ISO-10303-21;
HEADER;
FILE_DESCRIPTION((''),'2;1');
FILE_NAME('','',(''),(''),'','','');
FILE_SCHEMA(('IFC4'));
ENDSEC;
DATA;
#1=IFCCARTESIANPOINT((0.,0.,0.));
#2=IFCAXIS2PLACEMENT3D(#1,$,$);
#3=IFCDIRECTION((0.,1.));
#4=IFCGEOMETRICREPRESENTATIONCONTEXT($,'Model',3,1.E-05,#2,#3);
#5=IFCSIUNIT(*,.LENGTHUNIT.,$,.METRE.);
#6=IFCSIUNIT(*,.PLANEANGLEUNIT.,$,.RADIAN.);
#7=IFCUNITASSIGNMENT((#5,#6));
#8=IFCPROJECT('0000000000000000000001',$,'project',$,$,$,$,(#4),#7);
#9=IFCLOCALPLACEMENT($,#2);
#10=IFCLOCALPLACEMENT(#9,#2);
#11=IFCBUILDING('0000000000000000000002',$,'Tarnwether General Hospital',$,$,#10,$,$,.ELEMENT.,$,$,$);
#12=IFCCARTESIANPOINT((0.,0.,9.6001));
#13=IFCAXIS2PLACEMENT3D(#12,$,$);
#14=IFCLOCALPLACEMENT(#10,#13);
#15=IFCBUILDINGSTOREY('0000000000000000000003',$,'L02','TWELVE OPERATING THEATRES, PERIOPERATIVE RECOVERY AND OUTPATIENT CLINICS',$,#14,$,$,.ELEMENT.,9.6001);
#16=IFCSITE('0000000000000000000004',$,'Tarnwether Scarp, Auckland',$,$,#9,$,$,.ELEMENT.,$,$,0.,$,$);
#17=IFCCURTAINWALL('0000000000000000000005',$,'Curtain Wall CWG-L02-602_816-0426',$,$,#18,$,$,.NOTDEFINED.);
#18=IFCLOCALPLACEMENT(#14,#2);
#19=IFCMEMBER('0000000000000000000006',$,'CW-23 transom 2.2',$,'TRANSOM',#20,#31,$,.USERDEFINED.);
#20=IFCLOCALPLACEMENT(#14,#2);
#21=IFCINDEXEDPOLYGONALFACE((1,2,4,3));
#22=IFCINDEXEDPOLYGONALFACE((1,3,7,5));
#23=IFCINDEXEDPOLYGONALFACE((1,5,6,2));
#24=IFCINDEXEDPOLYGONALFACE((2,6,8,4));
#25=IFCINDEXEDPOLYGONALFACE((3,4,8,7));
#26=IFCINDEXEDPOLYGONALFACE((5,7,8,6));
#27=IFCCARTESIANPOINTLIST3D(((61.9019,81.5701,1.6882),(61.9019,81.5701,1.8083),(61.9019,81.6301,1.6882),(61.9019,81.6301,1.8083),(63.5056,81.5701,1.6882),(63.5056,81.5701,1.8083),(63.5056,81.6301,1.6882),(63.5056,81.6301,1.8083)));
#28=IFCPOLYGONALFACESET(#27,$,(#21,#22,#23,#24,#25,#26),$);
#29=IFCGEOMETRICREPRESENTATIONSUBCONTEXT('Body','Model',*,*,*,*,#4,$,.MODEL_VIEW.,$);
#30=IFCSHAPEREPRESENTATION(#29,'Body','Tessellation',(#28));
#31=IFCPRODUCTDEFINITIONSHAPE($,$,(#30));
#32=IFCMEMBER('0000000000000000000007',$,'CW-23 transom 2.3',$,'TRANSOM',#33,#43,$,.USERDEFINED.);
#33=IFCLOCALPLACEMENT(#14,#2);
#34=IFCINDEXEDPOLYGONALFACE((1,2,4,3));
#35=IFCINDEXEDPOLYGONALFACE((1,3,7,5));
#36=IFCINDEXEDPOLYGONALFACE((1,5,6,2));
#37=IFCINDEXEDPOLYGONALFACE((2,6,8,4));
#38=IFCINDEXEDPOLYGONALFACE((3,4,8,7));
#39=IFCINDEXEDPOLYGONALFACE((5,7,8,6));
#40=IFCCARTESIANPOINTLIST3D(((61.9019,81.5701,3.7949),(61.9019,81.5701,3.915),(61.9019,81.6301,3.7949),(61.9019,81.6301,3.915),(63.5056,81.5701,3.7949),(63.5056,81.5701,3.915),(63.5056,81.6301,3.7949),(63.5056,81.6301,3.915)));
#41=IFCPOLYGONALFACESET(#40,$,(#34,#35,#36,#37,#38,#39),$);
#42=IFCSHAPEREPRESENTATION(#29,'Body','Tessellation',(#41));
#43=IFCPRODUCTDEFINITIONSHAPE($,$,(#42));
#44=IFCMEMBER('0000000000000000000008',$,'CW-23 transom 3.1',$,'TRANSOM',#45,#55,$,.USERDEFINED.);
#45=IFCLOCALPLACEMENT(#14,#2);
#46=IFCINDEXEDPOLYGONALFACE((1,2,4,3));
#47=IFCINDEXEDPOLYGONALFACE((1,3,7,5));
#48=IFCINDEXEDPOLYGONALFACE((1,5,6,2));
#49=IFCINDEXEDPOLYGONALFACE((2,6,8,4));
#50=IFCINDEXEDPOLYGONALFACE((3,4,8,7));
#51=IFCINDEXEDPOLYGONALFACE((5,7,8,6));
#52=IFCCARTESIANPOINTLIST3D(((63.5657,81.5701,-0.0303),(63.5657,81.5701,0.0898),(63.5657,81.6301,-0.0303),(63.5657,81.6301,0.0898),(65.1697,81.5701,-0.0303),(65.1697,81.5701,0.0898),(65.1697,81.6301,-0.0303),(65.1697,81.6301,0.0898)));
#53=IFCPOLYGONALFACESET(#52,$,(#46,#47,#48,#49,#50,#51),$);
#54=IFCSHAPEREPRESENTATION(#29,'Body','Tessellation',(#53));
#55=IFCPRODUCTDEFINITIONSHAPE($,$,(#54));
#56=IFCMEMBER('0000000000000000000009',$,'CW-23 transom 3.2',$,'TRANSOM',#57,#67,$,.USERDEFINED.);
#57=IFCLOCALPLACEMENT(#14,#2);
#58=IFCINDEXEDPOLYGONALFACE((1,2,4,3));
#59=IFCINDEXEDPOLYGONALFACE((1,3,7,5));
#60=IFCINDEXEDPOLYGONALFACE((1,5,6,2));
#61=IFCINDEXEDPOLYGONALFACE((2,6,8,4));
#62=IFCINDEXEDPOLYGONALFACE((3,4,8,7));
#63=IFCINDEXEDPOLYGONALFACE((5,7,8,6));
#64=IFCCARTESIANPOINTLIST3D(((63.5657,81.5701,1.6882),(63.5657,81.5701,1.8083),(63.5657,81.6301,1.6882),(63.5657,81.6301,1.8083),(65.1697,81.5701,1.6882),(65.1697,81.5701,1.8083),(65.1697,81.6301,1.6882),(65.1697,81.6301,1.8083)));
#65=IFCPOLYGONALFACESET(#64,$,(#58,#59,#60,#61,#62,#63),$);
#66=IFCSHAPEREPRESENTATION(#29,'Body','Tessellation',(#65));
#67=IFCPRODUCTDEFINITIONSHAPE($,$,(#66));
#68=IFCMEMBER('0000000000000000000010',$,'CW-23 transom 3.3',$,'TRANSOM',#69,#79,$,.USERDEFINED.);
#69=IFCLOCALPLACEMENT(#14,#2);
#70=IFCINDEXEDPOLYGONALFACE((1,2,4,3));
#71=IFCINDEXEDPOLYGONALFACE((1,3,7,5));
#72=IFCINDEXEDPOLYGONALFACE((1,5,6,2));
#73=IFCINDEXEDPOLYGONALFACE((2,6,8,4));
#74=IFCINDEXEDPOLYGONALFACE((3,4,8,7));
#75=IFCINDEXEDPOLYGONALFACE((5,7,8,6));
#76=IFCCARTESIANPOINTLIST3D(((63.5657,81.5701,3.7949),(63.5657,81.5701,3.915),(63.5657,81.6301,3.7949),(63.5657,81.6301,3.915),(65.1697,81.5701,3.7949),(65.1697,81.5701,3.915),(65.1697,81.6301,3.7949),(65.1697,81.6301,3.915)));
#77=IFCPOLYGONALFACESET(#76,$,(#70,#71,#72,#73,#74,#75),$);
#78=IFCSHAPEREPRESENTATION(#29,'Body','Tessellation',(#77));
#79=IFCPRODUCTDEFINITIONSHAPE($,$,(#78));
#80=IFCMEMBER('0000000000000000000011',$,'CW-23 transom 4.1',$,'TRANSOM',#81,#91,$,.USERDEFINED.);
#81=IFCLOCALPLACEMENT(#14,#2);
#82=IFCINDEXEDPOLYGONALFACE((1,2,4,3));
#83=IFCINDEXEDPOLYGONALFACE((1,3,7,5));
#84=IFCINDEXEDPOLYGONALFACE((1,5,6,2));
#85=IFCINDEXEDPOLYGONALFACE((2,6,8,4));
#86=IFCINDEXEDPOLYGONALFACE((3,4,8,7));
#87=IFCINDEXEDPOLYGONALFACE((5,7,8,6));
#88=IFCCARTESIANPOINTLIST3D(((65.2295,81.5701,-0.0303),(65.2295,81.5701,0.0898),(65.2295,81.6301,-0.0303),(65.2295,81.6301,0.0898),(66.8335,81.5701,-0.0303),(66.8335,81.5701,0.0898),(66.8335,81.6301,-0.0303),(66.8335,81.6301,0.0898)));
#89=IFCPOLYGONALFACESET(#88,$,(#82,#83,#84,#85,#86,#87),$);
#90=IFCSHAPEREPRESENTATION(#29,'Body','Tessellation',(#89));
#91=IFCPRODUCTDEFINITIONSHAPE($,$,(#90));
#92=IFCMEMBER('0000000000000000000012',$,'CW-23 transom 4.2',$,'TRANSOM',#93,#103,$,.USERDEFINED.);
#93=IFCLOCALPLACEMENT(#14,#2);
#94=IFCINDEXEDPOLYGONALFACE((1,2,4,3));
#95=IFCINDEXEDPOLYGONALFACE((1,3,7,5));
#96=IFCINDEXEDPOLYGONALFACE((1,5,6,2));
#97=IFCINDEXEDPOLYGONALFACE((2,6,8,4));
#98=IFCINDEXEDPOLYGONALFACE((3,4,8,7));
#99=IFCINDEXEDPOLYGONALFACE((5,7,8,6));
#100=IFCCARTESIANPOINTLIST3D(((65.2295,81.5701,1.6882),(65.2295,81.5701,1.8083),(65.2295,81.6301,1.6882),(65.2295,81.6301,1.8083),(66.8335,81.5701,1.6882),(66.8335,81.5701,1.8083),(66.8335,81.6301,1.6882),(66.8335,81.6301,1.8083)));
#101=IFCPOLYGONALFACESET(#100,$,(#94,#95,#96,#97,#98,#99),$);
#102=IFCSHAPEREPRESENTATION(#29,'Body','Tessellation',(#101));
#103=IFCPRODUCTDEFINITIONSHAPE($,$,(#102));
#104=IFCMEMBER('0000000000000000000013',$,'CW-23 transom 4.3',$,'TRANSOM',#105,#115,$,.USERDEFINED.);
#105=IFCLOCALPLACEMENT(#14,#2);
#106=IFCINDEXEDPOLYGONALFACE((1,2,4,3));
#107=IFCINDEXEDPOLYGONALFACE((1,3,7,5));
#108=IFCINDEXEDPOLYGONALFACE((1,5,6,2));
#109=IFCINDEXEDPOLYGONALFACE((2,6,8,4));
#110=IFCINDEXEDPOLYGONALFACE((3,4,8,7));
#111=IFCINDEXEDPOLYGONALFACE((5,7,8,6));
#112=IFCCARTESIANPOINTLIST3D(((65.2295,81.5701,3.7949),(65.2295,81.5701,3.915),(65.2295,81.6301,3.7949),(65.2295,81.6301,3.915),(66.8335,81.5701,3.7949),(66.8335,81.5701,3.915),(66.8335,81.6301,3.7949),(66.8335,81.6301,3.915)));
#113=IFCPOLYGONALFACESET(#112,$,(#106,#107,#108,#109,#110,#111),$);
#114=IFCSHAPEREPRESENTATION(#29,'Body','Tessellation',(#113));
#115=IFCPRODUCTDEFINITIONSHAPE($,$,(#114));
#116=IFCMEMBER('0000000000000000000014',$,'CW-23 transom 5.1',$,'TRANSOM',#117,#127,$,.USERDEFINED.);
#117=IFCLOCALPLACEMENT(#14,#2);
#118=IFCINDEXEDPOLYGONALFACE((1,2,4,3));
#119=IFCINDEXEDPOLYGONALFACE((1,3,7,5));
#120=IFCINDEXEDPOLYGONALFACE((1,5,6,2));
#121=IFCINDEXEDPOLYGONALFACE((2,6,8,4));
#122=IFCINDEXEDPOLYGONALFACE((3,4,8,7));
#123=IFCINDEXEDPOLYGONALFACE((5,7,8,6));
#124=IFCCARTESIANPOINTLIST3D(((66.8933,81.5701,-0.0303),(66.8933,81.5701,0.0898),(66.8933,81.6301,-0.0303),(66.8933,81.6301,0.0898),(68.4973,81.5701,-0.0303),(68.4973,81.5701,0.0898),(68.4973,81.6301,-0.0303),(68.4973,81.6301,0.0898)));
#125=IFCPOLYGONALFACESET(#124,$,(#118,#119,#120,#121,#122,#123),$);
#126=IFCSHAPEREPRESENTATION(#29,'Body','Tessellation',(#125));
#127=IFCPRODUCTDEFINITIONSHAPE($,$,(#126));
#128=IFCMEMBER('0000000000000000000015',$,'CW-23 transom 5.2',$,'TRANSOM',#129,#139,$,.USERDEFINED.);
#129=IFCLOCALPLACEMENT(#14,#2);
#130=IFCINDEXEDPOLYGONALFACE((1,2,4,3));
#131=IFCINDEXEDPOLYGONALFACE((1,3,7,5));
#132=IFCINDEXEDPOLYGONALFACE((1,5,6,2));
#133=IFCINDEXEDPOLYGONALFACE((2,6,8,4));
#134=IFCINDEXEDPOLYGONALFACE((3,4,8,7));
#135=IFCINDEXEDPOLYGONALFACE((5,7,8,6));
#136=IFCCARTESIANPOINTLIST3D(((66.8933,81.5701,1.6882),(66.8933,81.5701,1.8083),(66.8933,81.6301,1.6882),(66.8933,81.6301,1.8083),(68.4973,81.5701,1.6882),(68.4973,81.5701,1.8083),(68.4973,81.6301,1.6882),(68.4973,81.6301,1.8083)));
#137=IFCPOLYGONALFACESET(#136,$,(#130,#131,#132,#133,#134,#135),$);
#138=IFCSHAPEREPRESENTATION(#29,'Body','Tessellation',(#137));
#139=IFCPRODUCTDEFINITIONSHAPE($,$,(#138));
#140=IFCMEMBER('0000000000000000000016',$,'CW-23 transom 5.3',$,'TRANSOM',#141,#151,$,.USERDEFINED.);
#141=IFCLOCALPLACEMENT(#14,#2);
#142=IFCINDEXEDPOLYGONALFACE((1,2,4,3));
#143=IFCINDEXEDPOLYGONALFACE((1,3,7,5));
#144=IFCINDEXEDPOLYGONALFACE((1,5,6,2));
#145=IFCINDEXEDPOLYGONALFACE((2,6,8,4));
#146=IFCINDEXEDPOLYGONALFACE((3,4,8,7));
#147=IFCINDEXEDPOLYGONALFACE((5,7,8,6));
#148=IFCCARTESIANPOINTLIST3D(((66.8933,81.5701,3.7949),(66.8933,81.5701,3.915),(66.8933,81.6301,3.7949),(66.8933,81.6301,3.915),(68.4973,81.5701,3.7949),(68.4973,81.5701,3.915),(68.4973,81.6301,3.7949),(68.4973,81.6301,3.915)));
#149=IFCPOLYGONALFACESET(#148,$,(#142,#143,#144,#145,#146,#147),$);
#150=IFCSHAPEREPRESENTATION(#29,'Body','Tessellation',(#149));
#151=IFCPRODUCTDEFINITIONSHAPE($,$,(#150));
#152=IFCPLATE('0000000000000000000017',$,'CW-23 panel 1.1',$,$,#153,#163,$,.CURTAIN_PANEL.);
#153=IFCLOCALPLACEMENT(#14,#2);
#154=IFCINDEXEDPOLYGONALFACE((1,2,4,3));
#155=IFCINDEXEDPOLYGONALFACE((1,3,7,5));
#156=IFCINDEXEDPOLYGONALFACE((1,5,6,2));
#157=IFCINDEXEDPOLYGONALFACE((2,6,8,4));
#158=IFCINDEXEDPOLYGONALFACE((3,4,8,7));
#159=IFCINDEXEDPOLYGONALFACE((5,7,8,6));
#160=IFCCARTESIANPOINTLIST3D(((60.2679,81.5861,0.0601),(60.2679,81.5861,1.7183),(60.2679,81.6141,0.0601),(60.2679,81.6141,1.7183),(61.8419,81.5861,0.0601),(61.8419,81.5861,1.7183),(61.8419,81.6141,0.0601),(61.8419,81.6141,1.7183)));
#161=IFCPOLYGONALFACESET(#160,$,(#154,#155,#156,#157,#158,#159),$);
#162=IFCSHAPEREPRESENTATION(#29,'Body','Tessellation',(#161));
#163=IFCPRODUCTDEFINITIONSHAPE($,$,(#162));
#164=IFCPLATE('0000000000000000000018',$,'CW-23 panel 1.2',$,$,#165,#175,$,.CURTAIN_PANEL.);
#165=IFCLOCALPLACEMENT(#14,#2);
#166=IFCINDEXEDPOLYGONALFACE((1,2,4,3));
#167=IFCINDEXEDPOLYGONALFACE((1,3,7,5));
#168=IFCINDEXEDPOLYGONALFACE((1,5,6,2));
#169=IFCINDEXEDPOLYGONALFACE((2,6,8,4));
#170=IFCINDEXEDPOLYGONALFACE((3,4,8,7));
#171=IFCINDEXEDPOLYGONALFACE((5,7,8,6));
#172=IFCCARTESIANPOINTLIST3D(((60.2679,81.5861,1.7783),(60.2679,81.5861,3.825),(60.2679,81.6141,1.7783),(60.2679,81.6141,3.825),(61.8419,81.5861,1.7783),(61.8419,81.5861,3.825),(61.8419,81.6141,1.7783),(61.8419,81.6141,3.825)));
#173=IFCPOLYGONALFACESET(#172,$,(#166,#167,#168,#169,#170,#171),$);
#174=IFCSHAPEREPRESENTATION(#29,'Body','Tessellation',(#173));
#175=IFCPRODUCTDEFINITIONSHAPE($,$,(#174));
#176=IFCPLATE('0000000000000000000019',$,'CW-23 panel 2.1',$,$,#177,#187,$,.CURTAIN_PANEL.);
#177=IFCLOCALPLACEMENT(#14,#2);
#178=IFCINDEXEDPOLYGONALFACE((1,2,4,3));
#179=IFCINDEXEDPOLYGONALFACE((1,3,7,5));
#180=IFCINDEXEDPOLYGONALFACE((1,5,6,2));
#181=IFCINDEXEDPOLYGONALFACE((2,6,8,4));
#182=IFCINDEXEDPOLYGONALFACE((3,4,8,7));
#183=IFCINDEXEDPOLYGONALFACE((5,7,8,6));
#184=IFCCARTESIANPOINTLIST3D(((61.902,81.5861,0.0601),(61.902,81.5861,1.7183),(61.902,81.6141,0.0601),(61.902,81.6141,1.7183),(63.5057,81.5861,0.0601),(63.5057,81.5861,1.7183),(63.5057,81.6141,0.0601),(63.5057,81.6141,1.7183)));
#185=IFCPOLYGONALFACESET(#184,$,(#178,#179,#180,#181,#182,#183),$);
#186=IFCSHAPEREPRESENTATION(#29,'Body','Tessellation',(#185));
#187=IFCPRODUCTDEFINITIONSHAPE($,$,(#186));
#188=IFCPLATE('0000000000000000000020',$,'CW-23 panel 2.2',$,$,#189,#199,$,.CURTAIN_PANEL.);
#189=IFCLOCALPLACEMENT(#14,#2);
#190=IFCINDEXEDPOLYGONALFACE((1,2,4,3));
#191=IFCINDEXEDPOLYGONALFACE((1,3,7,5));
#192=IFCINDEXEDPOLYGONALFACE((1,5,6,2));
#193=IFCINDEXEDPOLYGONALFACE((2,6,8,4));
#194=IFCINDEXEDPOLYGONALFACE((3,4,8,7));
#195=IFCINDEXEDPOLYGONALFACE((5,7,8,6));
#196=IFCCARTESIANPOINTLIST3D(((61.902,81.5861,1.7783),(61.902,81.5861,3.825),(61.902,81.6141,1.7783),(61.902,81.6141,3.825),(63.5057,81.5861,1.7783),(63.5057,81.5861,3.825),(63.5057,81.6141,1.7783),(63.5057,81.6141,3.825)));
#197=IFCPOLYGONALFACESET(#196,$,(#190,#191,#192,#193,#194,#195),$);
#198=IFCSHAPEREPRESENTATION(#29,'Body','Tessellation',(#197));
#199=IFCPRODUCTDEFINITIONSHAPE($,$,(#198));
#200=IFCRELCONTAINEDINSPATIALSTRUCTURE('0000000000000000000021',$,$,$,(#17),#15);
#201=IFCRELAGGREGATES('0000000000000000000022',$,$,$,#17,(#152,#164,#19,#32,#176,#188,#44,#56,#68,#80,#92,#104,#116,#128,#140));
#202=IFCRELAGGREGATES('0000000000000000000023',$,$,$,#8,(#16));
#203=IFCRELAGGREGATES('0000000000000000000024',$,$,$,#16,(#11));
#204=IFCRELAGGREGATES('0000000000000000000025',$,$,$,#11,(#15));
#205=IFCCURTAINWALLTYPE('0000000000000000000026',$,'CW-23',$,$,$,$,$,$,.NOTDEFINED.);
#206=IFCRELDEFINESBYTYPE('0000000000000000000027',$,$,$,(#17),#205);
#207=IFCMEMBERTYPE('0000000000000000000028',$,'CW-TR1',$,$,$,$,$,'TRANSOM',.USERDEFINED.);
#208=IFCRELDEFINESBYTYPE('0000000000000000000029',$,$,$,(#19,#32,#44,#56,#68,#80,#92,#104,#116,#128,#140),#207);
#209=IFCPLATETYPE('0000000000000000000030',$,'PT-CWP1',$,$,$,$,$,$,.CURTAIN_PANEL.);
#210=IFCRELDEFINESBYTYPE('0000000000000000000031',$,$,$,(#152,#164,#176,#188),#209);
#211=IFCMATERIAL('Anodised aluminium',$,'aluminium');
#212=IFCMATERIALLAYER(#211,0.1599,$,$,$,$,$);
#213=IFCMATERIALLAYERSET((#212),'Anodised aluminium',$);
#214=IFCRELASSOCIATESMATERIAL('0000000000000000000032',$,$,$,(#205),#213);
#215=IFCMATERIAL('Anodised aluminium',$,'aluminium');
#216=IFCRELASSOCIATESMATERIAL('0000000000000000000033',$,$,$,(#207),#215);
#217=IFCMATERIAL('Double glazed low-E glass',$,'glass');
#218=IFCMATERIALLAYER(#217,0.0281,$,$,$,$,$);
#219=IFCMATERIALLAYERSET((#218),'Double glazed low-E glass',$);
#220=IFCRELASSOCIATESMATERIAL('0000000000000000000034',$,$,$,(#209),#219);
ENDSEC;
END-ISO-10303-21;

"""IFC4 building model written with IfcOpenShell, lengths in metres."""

from ifc_helpers import new_model, si_unit, direction, frame, origin, origin_2d, place, context, subcontext, project, spatial, rectangle, extrude, material, layer, layer_set, material_profile, profile_set, type_object, element, aggregate, save


model = new_model("IFC4")

# Units and contexts
model_context = context("Model", 3, precision=1e-05, world=origin(), true_north=direction((0.0, 1.0)))
body_context = subcontext(model_context, "Body", "Model", "MODEL_VIEW")
ifc_project = project(units=[si_unit("LENGTHUNIT", "METRE"), si_unit("PLANEANGLEUNIT", "RADIAN")], contexts=[model_context])

# Site, building, storey
site_placement = place(None, origin())
site = spatial("IfcSite", under=ifc_project, at=site_placement, Name="Tarnwether Scarp, Auckland", CompositionType="ELEMENT", RefElevation=0.0)
building_placement = place(site_placement, origin())
building = spatial("IfcBuilding", under=site, at=building_placement, Name="Tarnwether General Hospital", CompositionType="ELEMENT")
storey_placement = place(building_placement, frame((0.0, 0.0, 9.6001)))
storey = spatial("IfcBuildingStorey", under=building, at=storey_placement, Name="L02", Description="TWELVE OPERATING THEATRES, PERIOPERATIVE RECOVERY AND OUTPATIENT CLINICS", CompositionType="ELEMENT", Elevation=9.6001)

# Curtain wall, members, plates
ifc_material_1 = material(Name="Anodised aluminium", Category="aluminium")
ifc_layer_1 = layer(ifc_material_1, 0.1599)
ifc_layer_set_1 = layer_set([ifc_layer_1], Name="Anodised aluminium")
curtain_wall_type = type_object("IfcCurtainWallType", Name="CW-23", PredefinedType="NOTDEFINED", material=ifc_layer_set_1)
curtain_wall_placement = place(storey_placement, origin())
curtain_wall = element("IfcCurtainWall", 1, at=curtain_wall_placement, inside=storey, type_object=curtain_wall_type, Name="Curtain Wall CWG-L02-602_816-0426", PredefinedType="NOTDEFINED")
ifc_material_2 = material(Name="Anodised aluminium", Category="aluminium")
ifc_material_profile_1 = material_profile(ifc_material_2, rectangle(XDim=0.0601, YDim=0.1201, at=origin_2d()), Name="ALU-TRN-60x120")
ifc_profile_set_1 = profile_set([ifc_material_profile_1], Name="Anodised aluminium")
member_type_1 = type_object("IfcMemberType", Name="CW-TR1", ElementType="TRANSOM", PredefinedType="USERDEFINED", material=ifc_profile_set_1)
member_1_placement = place(storey_placement, frame((61.9019, 81.6001, 1.7483), z_axis=(1.0, 0.0, 0.0), x_axis=(0.0, 1.0, 0.0)))
member_1 = element("IfcMember", 2, at=member_1_placement, type_object=member_type_1, Name="CW-23 transom 2.2", ObjectType="TRANSOM", PredefinedType="USERDEFINED", context=body_context, shape_type="SweptSolid", body=[
    extrude(rectangle(XDim=0.0601, YDim=0.1201, at=origin_2d()), origin(), (0.0, 0.0, 1.0), 1.6038),
])
member_2_placement = place(storey_placement, frame((61.9019, 81.6001, 3.855), z_axis=(1.0, 0.0, 0.0), x_axis=(0.0, 1.0, 0.0)))
member_2 = element("IfcMember", 3, at=member_2_placement, type_object=member_type_1, Name="CW-23 transom 2.3", ObjectType="TRANSOM", PredefinedType="USERDEFINED", context=body_context, shape_type="SweptSolid", body=[
    extrude(rectangle(XDim=0.0601, YDim=0.1201, at=origin_2d()), origin(), (0.0, 0.0, 1.0), 1.6038),
])
member_3_placement = place(storey_placement, frame((63.5657, 81.6001, 0.0298), z_axis=(1.0, 0.0, 0.0), x_axis=(0.0, 1.0, 0.0)))
member_3 = element("IfcMember", 4, at=member_3_placement, type_object=member_type_1, Name="CW-23 transom 3.1", ObjectType="TRANSOM", PredefinedType="USERDEFINED", context=body_context, shape_type="SweptSolid", body=[
    extrude(rectangle(XDim=0.0601, YDim=0.1201, at=origin_2d()), origin(), (0.0, 0.0, 1.0), 1.604),
])
member_4_placement = place(storey_placement, frame((63.5657, 81.6001, 1.7483), z_axis=(1.0, 0.0, 0.0), x_axis=(0.0, 1.0, 0.0)))
member_4 = element("IfcMember", 5, at=member_4_placement, type_object=member_type_1, Name="CW-23 transom 3.2", ObjectType="TRANSOM", PredefinedType="USERDEFINED", context=body_context, shape_type="SweptSolid", body=[
    extrude(rectangle(XDim=0.0601, YDim=0.1201, at=origin_2d()), origin(), (0.0, 0.0, 1.0), 1.604),
])
member_5_placement = place(storey_placement, frame((63.5657, 81.6001, 3.855), z_axis=(1.0, 0.0, 0.0), x_axis=(0.0, 1.0, 0.0)))
member_5 = element("IfcMember", 6, at=member_5_placement, type_object=member_type_1, Name="CW-23 transom 3.3", ObjectType="TRANSOM", PredefinedType="USERDEFINED", context=body_context, shape_type="SweptSolid", body=[
    extrude(rectangle(XDim=0.0601, YDim=0.1201, at=origin_2d()), origin(), (0.0, 0.0, 1.0), 1.604),
])
member_6_placement = place(storey_placement, frame((65.2295, 81.6001, 0.0298), z_axis=(1.0, 0.0, 0.0), x_axis=(0.0, 1.0, 0.0)))
member_6 = element("IfcMember", 7, at=member_6_placement, type_object=member_type_1, Name="CW-23 transom 4.1", ObjectType="TRANSOM", PredefinedType="USERDEFINED", context=body_context, shape_type="SweptSolid", body=[
    extrude(rectangle(XDim=0.0601, YDim=0.1201, at=origin_2d()), origin(), (0.0, 0.0, 1.0), 1.604),
])
member_7_placement = place(storey_placement, frame((65.2295, 81.6001, 1.7483), z_axis=(1.0, 0.0, 0.0), x_axis=(0.0, 1.0, 0.0)))
member_7 = element("IfcMember", 8, at=member_7_placement, type_object=member_type_1, Name="CW-23 transom 4.2", ObjectType="TRANSOM", PredefinedType="USERDEFINED", context=body_context, shape_type="SweptSolid", body=[
    extrude(rectangle(XDim=0.0601, YDim=0.1201, at=origin_2d()), origin(), (0.0, 0.0, 1.0), 1.604),
])
member_8_placement = place(storey_placement, frame((65.2295, 81.6001, 3.855), z_axis=(1.0, 0.0, 0.0), x_axis=(0.0, 1.0, 0.0)))
member_8 = element("IfcMember", 9, at=member_8_placement, type_object=member_type_1, Name="CW-23 transom 4.3", ObjectType="TRANSOM", PredefinedType="USERDEFINED", context=body_context, shape_type="SweptSolid", body=[
    extrude(rectangle(XDim=0.0601, YDim=0.1201, at=origin_2d()), origin(), (0.0, 0.0, 1.0), 1.604),
])
member_9_placement = place(storey_placement, frame((66.8933, 81.6001, 0.0298), z_axis=(1.0, 0.0, 0.0), x_axis=(0.0, 1.0, 0.0)))
member_9 = element("IfcMember", 10, at=member_9_placement, type_object=member_type_1, Name="CW-23 transom 5.1", ObjectType="TRANSOM", PredefinedType="USERDEFINED", context=body_context, shape_type="SweptSolid", body=[
    extrude(rectangle(XDim=0.0601, YDim=0.1201, at=origin_2d()), origin(), (0.0, 0.0, 1.0), 1.604),
])
member_10_placement = place(storey_placement, frame((66.8933, 81.6001, 1.7483), z_axis=(1.0, 0.0, 0.0), x_axis=(0.0, 1.0, 0.0)))
member_10 = element("IfcMember", 11, at=member_10_placement, type_object=member_type_1, Name="CW-23 transom 5.2", ObjectType="TRANSOM", PredefinedType="USERDEFINED", context=body_context, shape_type="SweptSolid", body=[
    extrude(rectangle(XDim=0.0601, YDim=0.1201, at=origin_2d()), origin(), (0.0, 0.0, 1.0), 1.604),
])
member_11_placement = place(storey_placement, frame((66.8933, 81.6001, 3.855), z_axis=(1.0, 0.0, 0.0), x_axis=(0.0, 1.0, 0.0)))
member_11 = element("IfcMember", 12, at=member_11_placement, type_object=member_type_1, Name="CW-23 transom 5.3", ObjectType="TRANSOM", PredefinedType="USERDEFINED", context=body_context, shape_type="SweptSolid", body=[
    extrude(rectangle(XDim=0.0601, YDim=0.1201, at=origin_2d()), origin(), (0.0, 0.0, 1.0), 1.604),
])
ifc_material_3 = material(Name="Double glazed low-E glass", Category="glass")
ifc_layer_2 = layer(ifc_material_3, 0.0281)
ifc_layer_set_2 = layer_set([ifc_layer_2], Name="Double glazed low-E glass")
plate_type = type_object("IfcPlateType", Name="PT-CWP1", PredefinedType="CURTAIN_PANEL", material=ifc_layer_set_2)
plate_1_placement = place(storey_placement, frame((61.0549, 81.6001, 0.0601), z_axis=(0.0, 0.0, 1.0), x_axis=(1.0, 0.0, 0.0)))
plate_1 = element("IfcPlate", 13, at=plate_1_placement, type_object=plate_type, Name="CW-23 panel 1.1", PredefinedType="CURTAIN_PANEL", context=body_context, shape_type="SweptSolid", body=[
    extrude(rectangle(XDim=1.574, YDim=0.0281, at=origin_2d()), origin(), (0.0, 0.0, 1.0), 1.6582),
])
plate_2_placement = place(storey_placement, frame((61.0549, 81.6001, 1.7783), z_axis=(0.0, 0.0, 1.0), x_axis=(1.0, 0.0, 0.0)))
plate_2 = element("IfcPlate", 14, at=plate_2_placement, type_object=plate_type, Name="CW-23 panel 1.2", PredefinedType="CURTAIN_PANEL", context=body_context, shape_type="SweptSolid", body=[
    extrude(rectangle(XDim=1.574, YDim=0.0281, at=origin_2d()), origin(), (0.0, 0.0, 1.0), 2.0466),
])
plate_3_placement = place(storey_placement, frame((62.7039, 81.6001, 0.0601), z_axis=(0.0, 0.0, 1.0), x_axis=(1.0, 0.0, 0.0)))
plate_3 = element("IfcPlate", 15, at=plate_3_placement, type_object=plate_type, Name="CW-23 panel 2.1", PredefinedType="CURTAIN_PANEL", context=body_context, shape_type="SweptSolid", body=[
    extrude(rectangle(XDim=1.6038, YDim=0.0281, at=origin_2d()), origin(), (0.0, 0.0, 1.0), 1.6582),
])
plate_4_placement = place(storey_placement, frame((62.7039, 81.6001, 1.7783), z_axis=(0.0, 0.0, 1.0), x_axis=(1.0, 0.0, 0.0)))
plate_4 = element("IfcPlate", 16, at=plate_4_placement, type_object=plate_type, Name="CW-23 panel 2.2", PredefinedType="CURTAIN_PANEL", context=body_context, shape_type="SweptSolid", body=[
    extrude(rectangle(XDim=1.6038, YDim=0.0281, at=origin_2d()), origin(), (0.0, 0.0, 1.0), 2.0466),
])
aggregate(curtain_wall, [plate_1, plate_2, member_1, member_2, plate_3, plate_4, member_3, member_4, member_5, member_6, member_7, member_8, member_9, member_10, member_11])

save(model, "model.ifc")
